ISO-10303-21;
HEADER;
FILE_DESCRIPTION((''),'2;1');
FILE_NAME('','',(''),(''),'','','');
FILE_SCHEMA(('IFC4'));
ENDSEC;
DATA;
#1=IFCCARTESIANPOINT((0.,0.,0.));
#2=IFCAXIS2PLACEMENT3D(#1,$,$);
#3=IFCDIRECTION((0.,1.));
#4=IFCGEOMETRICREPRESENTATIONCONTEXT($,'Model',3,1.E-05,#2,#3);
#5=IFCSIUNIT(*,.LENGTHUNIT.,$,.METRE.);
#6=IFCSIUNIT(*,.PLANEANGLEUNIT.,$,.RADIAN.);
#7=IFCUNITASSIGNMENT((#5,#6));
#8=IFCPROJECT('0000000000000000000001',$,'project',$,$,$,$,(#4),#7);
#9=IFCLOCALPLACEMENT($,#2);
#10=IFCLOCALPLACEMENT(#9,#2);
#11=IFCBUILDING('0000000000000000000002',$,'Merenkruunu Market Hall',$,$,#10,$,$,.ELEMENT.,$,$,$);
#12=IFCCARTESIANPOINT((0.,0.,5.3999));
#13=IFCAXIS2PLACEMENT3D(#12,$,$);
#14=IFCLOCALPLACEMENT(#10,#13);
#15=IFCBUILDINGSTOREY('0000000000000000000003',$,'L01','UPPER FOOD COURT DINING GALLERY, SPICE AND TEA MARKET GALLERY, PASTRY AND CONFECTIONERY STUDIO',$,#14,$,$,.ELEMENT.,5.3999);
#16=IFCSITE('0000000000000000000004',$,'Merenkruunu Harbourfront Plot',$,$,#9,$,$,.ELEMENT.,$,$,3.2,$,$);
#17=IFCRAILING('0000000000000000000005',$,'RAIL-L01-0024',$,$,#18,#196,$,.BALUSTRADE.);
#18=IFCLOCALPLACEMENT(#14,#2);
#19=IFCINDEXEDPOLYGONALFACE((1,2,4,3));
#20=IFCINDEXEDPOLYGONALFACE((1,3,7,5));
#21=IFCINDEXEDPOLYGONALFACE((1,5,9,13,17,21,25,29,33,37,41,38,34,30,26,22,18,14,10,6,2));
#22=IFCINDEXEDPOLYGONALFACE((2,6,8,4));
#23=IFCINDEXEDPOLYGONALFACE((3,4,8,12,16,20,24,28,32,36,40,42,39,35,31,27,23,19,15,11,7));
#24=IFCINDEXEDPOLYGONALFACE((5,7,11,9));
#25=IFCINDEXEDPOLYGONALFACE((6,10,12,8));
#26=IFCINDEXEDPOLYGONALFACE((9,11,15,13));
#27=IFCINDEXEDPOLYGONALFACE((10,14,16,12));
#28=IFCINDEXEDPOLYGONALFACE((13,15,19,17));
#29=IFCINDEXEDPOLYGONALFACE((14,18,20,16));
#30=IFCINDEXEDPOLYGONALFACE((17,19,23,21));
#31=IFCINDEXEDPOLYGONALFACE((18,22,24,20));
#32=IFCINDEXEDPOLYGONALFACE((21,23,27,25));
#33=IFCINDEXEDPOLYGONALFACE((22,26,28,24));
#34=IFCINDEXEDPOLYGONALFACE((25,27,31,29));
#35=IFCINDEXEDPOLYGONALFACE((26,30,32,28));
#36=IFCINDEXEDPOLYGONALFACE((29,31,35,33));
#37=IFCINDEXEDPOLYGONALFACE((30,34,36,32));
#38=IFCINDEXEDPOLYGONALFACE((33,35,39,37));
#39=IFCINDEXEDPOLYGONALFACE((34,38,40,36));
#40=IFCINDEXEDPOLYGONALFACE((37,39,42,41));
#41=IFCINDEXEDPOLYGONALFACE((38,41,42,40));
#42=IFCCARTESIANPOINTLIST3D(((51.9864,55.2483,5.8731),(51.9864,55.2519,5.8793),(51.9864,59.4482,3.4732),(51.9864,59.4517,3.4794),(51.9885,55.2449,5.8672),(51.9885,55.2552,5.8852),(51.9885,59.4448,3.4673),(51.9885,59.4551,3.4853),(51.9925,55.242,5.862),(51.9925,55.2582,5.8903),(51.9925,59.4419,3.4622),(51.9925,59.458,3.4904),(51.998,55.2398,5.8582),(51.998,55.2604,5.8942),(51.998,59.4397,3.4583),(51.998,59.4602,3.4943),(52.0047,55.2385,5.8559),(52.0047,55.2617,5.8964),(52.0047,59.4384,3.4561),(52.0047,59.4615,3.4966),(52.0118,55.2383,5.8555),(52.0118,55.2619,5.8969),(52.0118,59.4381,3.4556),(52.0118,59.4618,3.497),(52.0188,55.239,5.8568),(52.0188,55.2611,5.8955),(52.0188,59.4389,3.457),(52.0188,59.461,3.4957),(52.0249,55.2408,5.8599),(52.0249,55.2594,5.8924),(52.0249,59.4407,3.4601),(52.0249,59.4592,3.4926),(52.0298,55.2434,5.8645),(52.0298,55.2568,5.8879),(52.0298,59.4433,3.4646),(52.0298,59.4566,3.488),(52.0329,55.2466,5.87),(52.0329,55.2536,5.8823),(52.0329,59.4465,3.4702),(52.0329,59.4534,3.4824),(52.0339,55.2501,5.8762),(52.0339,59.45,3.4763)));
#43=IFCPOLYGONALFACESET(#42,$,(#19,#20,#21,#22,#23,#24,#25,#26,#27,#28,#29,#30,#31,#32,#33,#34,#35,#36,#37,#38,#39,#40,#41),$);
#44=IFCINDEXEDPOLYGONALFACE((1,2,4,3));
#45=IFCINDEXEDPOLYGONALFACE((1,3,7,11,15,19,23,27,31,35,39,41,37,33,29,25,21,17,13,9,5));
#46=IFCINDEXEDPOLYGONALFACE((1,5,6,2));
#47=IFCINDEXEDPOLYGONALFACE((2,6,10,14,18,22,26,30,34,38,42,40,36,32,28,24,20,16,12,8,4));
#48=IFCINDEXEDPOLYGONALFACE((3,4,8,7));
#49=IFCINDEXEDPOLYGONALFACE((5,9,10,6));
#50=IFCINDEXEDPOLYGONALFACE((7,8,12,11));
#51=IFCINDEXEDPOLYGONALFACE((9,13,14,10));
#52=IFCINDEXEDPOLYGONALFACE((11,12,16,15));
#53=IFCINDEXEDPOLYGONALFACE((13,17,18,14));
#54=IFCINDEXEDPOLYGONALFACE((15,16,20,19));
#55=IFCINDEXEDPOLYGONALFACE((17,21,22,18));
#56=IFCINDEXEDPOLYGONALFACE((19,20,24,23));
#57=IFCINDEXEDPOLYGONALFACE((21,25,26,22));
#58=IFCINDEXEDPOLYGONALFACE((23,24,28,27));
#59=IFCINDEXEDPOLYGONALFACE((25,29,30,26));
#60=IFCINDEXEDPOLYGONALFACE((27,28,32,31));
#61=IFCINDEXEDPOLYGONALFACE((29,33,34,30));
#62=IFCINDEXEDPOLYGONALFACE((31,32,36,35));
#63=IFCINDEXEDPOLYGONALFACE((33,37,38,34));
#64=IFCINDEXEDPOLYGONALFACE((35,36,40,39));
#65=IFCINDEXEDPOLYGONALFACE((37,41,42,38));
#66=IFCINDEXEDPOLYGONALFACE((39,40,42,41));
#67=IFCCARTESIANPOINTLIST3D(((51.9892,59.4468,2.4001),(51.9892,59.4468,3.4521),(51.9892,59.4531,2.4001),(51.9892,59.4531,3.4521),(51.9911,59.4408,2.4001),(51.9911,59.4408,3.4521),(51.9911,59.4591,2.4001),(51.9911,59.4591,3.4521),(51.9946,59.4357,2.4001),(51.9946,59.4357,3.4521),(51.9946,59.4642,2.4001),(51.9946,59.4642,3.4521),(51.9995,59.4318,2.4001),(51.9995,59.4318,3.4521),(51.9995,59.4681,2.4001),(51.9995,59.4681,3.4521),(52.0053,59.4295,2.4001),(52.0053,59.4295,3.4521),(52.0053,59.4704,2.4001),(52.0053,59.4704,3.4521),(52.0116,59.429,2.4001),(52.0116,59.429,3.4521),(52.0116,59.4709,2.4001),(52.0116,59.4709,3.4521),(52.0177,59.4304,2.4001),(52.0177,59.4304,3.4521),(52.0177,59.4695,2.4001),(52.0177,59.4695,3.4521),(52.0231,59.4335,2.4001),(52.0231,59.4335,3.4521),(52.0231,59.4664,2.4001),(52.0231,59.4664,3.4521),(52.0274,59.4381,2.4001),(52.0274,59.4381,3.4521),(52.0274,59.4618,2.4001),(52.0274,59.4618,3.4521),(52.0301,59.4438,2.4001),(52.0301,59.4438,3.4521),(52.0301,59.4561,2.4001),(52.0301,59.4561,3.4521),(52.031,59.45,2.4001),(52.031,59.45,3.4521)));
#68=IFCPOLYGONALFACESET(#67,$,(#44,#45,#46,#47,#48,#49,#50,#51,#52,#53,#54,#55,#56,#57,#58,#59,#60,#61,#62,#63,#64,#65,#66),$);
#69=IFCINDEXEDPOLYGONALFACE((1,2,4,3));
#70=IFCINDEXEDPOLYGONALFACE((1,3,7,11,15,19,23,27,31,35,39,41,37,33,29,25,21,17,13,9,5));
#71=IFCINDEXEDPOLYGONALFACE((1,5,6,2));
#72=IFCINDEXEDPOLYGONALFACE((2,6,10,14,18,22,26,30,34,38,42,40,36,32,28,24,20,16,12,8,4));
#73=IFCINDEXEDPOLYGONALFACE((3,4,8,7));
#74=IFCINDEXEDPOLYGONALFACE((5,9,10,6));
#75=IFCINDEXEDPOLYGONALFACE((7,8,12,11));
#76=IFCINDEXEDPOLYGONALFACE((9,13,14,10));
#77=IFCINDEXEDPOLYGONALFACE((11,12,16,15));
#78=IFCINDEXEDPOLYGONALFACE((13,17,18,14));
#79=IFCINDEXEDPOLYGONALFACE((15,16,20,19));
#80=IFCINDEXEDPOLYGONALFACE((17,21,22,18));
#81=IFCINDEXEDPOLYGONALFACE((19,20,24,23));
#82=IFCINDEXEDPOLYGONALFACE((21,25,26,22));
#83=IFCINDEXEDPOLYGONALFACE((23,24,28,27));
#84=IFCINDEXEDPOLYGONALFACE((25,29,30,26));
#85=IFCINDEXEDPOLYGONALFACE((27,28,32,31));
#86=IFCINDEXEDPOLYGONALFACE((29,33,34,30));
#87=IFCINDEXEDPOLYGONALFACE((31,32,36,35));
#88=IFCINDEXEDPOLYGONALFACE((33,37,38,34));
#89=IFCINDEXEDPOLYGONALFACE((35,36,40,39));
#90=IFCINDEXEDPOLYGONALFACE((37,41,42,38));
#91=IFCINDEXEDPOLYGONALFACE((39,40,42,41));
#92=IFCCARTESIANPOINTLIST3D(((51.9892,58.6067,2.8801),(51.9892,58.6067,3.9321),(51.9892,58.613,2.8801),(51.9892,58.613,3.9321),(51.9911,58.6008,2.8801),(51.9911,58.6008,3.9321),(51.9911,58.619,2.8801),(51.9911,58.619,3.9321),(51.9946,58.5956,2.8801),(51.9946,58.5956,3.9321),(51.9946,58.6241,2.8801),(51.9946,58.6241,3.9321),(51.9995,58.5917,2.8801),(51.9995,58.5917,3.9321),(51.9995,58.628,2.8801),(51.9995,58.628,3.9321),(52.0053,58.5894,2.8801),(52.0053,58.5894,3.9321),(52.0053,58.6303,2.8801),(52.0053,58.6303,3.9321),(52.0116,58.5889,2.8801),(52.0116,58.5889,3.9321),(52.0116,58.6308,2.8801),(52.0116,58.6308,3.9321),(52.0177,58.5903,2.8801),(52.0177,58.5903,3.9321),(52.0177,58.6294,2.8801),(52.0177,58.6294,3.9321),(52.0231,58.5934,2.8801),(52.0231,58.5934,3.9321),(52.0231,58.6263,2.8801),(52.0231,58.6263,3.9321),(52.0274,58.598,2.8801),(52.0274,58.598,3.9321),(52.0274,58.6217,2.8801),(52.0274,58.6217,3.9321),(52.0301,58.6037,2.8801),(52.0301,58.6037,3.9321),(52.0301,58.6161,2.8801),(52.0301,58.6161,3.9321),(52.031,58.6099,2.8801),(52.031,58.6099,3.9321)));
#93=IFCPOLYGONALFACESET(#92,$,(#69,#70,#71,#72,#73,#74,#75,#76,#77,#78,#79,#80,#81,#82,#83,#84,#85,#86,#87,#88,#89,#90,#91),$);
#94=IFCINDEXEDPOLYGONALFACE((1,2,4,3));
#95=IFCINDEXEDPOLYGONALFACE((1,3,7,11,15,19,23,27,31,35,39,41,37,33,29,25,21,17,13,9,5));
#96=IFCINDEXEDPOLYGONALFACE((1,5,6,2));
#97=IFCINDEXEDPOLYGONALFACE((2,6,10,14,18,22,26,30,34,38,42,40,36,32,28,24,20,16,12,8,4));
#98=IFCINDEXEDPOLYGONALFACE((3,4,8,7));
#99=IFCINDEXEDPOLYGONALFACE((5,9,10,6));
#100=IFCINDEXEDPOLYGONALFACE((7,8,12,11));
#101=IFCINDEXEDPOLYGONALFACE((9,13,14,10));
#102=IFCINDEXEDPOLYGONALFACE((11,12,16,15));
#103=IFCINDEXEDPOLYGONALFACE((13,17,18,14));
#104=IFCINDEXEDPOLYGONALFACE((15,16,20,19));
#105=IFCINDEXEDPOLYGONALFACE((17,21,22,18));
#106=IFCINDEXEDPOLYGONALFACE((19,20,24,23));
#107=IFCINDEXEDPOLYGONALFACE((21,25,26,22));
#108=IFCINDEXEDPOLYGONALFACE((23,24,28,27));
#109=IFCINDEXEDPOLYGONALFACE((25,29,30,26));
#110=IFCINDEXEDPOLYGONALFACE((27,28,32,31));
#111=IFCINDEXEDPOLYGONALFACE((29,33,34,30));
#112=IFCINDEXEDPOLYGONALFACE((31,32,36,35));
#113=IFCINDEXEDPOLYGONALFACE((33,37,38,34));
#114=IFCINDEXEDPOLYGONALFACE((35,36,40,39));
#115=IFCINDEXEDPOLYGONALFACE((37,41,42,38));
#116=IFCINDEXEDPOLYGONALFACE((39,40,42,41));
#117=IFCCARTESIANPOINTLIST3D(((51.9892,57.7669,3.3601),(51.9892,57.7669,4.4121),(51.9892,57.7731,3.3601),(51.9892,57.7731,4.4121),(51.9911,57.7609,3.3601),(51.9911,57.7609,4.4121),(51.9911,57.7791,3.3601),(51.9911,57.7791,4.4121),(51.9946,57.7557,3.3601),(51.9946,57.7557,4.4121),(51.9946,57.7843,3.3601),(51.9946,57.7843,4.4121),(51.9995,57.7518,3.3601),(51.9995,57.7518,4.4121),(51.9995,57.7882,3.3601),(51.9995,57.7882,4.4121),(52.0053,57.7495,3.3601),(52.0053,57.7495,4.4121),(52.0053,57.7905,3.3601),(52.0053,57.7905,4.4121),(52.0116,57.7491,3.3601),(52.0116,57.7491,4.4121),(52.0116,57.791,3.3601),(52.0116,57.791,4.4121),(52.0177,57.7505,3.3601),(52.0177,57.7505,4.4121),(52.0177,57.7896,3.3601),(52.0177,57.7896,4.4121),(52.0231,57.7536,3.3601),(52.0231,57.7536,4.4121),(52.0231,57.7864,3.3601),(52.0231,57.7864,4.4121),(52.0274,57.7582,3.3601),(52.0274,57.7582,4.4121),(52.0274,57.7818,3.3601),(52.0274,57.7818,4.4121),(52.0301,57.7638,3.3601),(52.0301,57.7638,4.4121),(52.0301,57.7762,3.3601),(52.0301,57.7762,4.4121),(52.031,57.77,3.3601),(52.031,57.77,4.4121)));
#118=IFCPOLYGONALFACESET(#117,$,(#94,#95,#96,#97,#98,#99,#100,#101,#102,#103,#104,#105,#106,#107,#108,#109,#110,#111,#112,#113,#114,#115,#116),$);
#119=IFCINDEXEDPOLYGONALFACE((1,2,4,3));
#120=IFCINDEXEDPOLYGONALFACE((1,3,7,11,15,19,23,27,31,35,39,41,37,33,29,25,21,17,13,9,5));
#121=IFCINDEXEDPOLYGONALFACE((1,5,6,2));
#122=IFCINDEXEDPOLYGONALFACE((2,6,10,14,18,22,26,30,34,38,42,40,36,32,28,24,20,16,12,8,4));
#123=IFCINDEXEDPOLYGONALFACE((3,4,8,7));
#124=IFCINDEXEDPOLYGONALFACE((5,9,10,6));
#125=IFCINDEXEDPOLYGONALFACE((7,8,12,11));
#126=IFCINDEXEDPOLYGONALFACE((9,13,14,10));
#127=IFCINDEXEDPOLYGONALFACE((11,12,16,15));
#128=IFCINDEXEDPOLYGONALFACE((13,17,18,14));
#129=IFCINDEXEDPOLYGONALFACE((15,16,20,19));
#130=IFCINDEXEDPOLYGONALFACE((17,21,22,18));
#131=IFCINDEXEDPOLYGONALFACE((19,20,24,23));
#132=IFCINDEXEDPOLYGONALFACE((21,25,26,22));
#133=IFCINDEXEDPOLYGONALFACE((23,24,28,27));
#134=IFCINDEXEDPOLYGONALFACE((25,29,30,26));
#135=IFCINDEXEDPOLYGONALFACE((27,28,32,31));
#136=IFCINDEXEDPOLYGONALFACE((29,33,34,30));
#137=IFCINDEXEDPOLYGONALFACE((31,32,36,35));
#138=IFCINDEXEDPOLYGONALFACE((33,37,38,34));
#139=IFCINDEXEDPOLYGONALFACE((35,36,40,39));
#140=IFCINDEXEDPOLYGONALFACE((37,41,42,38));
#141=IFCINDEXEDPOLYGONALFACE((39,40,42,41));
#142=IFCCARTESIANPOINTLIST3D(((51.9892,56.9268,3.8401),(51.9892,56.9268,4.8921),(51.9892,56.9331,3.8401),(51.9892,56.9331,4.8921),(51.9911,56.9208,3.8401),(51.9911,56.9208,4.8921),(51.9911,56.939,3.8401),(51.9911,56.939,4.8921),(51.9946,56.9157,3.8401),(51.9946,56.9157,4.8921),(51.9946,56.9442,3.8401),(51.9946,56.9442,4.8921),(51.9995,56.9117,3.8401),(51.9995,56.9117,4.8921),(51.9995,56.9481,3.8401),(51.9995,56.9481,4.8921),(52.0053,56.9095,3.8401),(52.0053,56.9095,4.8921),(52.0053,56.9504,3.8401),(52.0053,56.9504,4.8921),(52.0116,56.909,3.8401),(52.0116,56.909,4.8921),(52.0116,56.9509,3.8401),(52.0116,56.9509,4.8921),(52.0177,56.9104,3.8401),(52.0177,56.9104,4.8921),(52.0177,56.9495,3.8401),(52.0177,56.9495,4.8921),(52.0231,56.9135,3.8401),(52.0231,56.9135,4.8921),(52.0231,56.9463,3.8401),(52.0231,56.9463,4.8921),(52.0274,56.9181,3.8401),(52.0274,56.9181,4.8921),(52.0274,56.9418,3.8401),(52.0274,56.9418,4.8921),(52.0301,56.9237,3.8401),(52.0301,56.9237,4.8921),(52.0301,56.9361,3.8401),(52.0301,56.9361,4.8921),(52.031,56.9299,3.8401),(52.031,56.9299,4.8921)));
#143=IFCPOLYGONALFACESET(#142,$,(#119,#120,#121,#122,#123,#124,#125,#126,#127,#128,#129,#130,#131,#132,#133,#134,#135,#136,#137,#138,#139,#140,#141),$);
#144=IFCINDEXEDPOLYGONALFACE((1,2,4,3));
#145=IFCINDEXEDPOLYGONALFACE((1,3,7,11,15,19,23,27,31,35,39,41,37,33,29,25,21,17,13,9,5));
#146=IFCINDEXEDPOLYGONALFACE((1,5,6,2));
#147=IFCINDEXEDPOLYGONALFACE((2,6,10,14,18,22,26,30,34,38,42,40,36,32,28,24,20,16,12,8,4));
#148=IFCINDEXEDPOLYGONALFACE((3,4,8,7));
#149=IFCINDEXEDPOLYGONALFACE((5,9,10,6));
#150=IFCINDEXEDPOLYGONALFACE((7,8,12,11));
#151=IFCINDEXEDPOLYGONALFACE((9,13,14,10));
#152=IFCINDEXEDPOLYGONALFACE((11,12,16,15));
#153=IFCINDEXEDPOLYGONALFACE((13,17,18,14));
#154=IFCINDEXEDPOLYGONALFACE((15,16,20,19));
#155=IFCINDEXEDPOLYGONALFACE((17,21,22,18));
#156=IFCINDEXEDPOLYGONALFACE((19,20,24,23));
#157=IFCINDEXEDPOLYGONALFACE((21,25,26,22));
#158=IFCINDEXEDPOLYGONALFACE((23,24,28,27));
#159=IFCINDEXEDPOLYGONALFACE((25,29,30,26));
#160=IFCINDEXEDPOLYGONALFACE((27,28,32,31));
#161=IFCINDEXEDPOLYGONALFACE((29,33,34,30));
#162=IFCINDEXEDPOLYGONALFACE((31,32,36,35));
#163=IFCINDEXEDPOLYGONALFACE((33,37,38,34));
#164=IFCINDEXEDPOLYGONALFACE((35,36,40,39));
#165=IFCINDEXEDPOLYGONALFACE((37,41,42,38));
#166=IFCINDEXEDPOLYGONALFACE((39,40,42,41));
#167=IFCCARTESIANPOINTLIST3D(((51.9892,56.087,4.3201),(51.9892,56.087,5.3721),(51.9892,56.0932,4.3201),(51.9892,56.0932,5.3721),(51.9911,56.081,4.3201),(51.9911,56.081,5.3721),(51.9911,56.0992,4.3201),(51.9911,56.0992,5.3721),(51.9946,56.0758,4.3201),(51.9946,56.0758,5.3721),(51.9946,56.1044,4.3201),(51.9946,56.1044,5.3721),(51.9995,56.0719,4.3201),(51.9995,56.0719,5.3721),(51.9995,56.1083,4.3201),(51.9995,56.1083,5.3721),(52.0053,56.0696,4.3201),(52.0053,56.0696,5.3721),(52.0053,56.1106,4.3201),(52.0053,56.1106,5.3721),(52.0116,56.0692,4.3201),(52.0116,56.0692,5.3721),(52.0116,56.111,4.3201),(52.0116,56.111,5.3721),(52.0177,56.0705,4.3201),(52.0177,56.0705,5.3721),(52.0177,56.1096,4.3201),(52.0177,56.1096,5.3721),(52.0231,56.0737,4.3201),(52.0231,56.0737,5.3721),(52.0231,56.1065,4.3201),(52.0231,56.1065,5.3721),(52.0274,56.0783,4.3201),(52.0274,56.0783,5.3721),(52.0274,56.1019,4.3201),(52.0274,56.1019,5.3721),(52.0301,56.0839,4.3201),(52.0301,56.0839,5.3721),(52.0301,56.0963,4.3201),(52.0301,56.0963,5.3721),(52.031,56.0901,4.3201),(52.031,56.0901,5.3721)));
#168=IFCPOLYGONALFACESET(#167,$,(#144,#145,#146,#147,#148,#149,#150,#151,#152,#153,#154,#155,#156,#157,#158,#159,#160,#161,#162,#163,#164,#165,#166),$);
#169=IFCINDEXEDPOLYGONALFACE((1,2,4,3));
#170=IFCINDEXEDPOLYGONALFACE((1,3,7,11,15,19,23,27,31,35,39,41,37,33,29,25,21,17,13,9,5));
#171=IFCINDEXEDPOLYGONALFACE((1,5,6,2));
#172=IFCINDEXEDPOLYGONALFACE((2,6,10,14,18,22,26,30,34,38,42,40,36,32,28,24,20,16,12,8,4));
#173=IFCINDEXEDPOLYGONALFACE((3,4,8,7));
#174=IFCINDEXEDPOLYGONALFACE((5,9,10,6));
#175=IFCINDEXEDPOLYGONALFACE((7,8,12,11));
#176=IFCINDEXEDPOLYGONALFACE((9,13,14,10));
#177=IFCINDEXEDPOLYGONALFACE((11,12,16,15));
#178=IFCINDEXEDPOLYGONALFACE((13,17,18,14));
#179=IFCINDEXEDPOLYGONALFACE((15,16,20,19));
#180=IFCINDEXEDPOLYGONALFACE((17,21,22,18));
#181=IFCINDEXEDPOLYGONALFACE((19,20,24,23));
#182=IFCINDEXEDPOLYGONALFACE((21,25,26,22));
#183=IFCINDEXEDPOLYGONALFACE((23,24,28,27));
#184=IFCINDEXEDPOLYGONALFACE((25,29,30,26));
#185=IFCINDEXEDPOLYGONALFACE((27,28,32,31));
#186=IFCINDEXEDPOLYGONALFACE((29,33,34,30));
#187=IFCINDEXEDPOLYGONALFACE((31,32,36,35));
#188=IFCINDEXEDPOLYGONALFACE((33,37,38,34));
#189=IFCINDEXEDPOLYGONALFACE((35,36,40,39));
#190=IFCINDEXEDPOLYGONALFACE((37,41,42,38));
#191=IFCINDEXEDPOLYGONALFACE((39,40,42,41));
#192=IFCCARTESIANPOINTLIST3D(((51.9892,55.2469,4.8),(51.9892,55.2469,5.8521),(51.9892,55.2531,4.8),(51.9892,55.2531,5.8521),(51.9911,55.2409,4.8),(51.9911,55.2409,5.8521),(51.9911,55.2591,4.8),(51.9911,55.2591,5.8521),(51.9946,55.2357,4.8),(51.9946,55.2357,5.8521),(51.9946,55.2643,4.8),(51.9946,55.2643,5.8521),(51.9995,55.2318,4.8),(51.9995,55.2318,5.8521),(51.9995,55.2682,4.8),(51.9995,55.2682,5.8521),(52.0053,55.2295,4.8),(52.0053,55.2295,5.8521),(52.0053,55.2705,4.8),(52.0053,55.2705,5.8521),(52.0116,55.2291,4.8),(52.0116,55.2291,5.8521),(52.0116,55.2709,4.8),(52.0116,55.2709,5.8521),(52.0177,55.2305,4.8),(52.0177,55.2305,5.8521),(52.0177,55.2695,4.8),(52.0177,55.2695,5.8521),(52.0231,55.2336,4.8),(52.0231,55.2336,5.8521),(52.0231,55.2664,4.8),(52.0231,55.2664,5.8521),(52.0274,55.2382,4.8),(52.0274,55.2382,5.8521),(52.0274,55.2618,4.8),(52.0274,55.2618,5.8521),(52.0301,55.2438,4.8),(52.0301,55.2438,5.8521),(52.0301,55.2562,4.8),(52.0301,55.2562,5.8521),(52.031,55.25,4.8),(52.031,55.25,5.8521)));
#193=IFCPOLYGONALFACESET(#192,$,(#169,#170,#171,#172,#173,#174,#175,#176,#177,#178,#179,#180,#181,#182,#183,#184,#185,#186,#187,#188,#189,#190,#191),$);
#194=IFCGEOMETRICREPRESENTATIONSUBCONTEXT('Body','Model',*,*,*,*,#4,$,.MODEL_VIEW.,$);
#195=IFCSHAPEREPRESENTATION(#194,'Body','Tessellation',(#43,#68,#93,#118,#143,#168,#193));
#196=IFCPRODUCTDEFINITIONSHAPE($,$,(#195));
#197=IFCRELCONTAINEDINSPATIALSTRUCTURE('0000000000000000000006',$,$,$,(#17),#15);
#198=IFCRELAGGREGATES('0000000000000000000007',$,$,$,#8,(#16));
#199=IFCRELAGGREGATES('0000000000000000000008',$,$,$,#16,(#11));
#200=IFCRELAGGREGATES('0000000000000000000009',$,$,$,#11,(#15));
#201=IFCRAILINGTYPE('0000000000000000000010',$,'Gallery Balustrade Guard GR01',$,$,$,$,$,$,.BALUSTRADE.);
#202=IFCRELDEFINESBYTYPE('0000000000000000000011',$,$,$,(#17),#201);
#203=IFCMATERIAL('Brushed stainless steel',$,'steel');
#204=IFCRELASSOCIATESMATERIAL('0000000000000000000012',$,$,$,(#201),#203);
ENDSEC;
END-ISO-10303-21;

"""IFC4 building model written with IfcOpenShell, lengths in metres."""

from ifc_helpers import new_model, si_unit, direction, frame, origin, origin_2d, place, context, subcontext, project, spatial, circle, extrude, material, type_object, element, save


model = new_model("IFC4")

# Units and contexts
model_context = context("Model", 3, precision=1e-05, world=origin(), true_north=direction((0.0, 1.0)))
body_context = subcontext(model_context, "Body", "Model", "MODEL_VIEW")
ifc_project = project(units=[si_unit("LENGTHUNIT", "METRE"), si_unit("PLANEANGLEUNIT", "RADIAN")], contexts=[model_context])

# Site, building, storey
site_placement = place(None, origin())
site = spatial("IfcSite", under=ifc_project, at=site_placement, Name="Merenkruunu Harbourfront Plot", CompositionType="ELEMENT", RefElevation=3.2)
building_placement = place(site_placement, origin())
building = spatial("IfcBuilding", under=site, at=building_placement, Name="Merenkruunu Market Hall", CompositionType="ELEMENT")
storey_placement = place(building_placement, frame((0.0, 0.0, 5.3999)))
storey = spatial("IfcBuildingStorey", under=building, at=storey_placement, Name="L01", Description="UPPER FOOD COURT DINING GALLERY, SPICE AND TEA MARKET GALLERY, PASTRY AND CONFECTIONERY STUDIO", CompositionType="ELEMENT", Elevation=5.3999)

# Shared definitions
ifc_material_1 = material(Name="Brushed stainless steel", Category="steel")

# Railing
railing_type_1 = type_object("IfcRailingType", Name="Gallery Balustrade Guard GR01", PredefinedType="BALUSTRADE", material=ifc_material_1)
railing_1_placement = place(storey_placement, frame((52.01, 59.45, 2.4001)))
element("IfcRailing", 1, at=railing_1_placement, inside=storey, type_object=railing_type_1, Name="RAIL-L01-0024", PredefinedType="BALUSTRADE", context=body_context, shape_type="SweptSolid", body=[
    extrude(circle(Radius=0.0239, at=origin_2d()), frame((0.0, 0.0, 1.0762), z_axis=(0.0, -0.868249, 0.496128), x_axis=(1.0, 0.0, 0.0)), (0.0, 0.0, 1.0), 4.8372),
    extrude(circle(Radius=0.021, at=origin_2d()), origin(), (0.0, 0.0, 1.0), 1.052),
    extrude(circle(Radius=0.021, at=origin_2d()), frame((0.0, -0.8401, 0.48)), (0.0, 0.0, 1.0), 1.052),
    extrude(circle(Radius=0.021, at=origin_2d()), frame((0.0, -1.6799, 0.96)), (0.0, 0.0, 1.0), 1.052),
    extrude(circle(Radius=0.021, at=origin_2d()), frame((0.0, -2.52, 1.4399)), (0.0, 0.0, 1.0), 1.052),
    extrude(circle(Radius=0.021, at=origin_2d()), frame((0.0, -3.3599, 1.9199)), (0.0, 0.0, 1.0), 1.052),
    extrude(circle(Radius=0.021, at=origin_2d()), frame((0.0, -4.2, 2.3999)), (0.0, 0.0, 1.0), 1.052),
])

save(model, "model.ifc")
